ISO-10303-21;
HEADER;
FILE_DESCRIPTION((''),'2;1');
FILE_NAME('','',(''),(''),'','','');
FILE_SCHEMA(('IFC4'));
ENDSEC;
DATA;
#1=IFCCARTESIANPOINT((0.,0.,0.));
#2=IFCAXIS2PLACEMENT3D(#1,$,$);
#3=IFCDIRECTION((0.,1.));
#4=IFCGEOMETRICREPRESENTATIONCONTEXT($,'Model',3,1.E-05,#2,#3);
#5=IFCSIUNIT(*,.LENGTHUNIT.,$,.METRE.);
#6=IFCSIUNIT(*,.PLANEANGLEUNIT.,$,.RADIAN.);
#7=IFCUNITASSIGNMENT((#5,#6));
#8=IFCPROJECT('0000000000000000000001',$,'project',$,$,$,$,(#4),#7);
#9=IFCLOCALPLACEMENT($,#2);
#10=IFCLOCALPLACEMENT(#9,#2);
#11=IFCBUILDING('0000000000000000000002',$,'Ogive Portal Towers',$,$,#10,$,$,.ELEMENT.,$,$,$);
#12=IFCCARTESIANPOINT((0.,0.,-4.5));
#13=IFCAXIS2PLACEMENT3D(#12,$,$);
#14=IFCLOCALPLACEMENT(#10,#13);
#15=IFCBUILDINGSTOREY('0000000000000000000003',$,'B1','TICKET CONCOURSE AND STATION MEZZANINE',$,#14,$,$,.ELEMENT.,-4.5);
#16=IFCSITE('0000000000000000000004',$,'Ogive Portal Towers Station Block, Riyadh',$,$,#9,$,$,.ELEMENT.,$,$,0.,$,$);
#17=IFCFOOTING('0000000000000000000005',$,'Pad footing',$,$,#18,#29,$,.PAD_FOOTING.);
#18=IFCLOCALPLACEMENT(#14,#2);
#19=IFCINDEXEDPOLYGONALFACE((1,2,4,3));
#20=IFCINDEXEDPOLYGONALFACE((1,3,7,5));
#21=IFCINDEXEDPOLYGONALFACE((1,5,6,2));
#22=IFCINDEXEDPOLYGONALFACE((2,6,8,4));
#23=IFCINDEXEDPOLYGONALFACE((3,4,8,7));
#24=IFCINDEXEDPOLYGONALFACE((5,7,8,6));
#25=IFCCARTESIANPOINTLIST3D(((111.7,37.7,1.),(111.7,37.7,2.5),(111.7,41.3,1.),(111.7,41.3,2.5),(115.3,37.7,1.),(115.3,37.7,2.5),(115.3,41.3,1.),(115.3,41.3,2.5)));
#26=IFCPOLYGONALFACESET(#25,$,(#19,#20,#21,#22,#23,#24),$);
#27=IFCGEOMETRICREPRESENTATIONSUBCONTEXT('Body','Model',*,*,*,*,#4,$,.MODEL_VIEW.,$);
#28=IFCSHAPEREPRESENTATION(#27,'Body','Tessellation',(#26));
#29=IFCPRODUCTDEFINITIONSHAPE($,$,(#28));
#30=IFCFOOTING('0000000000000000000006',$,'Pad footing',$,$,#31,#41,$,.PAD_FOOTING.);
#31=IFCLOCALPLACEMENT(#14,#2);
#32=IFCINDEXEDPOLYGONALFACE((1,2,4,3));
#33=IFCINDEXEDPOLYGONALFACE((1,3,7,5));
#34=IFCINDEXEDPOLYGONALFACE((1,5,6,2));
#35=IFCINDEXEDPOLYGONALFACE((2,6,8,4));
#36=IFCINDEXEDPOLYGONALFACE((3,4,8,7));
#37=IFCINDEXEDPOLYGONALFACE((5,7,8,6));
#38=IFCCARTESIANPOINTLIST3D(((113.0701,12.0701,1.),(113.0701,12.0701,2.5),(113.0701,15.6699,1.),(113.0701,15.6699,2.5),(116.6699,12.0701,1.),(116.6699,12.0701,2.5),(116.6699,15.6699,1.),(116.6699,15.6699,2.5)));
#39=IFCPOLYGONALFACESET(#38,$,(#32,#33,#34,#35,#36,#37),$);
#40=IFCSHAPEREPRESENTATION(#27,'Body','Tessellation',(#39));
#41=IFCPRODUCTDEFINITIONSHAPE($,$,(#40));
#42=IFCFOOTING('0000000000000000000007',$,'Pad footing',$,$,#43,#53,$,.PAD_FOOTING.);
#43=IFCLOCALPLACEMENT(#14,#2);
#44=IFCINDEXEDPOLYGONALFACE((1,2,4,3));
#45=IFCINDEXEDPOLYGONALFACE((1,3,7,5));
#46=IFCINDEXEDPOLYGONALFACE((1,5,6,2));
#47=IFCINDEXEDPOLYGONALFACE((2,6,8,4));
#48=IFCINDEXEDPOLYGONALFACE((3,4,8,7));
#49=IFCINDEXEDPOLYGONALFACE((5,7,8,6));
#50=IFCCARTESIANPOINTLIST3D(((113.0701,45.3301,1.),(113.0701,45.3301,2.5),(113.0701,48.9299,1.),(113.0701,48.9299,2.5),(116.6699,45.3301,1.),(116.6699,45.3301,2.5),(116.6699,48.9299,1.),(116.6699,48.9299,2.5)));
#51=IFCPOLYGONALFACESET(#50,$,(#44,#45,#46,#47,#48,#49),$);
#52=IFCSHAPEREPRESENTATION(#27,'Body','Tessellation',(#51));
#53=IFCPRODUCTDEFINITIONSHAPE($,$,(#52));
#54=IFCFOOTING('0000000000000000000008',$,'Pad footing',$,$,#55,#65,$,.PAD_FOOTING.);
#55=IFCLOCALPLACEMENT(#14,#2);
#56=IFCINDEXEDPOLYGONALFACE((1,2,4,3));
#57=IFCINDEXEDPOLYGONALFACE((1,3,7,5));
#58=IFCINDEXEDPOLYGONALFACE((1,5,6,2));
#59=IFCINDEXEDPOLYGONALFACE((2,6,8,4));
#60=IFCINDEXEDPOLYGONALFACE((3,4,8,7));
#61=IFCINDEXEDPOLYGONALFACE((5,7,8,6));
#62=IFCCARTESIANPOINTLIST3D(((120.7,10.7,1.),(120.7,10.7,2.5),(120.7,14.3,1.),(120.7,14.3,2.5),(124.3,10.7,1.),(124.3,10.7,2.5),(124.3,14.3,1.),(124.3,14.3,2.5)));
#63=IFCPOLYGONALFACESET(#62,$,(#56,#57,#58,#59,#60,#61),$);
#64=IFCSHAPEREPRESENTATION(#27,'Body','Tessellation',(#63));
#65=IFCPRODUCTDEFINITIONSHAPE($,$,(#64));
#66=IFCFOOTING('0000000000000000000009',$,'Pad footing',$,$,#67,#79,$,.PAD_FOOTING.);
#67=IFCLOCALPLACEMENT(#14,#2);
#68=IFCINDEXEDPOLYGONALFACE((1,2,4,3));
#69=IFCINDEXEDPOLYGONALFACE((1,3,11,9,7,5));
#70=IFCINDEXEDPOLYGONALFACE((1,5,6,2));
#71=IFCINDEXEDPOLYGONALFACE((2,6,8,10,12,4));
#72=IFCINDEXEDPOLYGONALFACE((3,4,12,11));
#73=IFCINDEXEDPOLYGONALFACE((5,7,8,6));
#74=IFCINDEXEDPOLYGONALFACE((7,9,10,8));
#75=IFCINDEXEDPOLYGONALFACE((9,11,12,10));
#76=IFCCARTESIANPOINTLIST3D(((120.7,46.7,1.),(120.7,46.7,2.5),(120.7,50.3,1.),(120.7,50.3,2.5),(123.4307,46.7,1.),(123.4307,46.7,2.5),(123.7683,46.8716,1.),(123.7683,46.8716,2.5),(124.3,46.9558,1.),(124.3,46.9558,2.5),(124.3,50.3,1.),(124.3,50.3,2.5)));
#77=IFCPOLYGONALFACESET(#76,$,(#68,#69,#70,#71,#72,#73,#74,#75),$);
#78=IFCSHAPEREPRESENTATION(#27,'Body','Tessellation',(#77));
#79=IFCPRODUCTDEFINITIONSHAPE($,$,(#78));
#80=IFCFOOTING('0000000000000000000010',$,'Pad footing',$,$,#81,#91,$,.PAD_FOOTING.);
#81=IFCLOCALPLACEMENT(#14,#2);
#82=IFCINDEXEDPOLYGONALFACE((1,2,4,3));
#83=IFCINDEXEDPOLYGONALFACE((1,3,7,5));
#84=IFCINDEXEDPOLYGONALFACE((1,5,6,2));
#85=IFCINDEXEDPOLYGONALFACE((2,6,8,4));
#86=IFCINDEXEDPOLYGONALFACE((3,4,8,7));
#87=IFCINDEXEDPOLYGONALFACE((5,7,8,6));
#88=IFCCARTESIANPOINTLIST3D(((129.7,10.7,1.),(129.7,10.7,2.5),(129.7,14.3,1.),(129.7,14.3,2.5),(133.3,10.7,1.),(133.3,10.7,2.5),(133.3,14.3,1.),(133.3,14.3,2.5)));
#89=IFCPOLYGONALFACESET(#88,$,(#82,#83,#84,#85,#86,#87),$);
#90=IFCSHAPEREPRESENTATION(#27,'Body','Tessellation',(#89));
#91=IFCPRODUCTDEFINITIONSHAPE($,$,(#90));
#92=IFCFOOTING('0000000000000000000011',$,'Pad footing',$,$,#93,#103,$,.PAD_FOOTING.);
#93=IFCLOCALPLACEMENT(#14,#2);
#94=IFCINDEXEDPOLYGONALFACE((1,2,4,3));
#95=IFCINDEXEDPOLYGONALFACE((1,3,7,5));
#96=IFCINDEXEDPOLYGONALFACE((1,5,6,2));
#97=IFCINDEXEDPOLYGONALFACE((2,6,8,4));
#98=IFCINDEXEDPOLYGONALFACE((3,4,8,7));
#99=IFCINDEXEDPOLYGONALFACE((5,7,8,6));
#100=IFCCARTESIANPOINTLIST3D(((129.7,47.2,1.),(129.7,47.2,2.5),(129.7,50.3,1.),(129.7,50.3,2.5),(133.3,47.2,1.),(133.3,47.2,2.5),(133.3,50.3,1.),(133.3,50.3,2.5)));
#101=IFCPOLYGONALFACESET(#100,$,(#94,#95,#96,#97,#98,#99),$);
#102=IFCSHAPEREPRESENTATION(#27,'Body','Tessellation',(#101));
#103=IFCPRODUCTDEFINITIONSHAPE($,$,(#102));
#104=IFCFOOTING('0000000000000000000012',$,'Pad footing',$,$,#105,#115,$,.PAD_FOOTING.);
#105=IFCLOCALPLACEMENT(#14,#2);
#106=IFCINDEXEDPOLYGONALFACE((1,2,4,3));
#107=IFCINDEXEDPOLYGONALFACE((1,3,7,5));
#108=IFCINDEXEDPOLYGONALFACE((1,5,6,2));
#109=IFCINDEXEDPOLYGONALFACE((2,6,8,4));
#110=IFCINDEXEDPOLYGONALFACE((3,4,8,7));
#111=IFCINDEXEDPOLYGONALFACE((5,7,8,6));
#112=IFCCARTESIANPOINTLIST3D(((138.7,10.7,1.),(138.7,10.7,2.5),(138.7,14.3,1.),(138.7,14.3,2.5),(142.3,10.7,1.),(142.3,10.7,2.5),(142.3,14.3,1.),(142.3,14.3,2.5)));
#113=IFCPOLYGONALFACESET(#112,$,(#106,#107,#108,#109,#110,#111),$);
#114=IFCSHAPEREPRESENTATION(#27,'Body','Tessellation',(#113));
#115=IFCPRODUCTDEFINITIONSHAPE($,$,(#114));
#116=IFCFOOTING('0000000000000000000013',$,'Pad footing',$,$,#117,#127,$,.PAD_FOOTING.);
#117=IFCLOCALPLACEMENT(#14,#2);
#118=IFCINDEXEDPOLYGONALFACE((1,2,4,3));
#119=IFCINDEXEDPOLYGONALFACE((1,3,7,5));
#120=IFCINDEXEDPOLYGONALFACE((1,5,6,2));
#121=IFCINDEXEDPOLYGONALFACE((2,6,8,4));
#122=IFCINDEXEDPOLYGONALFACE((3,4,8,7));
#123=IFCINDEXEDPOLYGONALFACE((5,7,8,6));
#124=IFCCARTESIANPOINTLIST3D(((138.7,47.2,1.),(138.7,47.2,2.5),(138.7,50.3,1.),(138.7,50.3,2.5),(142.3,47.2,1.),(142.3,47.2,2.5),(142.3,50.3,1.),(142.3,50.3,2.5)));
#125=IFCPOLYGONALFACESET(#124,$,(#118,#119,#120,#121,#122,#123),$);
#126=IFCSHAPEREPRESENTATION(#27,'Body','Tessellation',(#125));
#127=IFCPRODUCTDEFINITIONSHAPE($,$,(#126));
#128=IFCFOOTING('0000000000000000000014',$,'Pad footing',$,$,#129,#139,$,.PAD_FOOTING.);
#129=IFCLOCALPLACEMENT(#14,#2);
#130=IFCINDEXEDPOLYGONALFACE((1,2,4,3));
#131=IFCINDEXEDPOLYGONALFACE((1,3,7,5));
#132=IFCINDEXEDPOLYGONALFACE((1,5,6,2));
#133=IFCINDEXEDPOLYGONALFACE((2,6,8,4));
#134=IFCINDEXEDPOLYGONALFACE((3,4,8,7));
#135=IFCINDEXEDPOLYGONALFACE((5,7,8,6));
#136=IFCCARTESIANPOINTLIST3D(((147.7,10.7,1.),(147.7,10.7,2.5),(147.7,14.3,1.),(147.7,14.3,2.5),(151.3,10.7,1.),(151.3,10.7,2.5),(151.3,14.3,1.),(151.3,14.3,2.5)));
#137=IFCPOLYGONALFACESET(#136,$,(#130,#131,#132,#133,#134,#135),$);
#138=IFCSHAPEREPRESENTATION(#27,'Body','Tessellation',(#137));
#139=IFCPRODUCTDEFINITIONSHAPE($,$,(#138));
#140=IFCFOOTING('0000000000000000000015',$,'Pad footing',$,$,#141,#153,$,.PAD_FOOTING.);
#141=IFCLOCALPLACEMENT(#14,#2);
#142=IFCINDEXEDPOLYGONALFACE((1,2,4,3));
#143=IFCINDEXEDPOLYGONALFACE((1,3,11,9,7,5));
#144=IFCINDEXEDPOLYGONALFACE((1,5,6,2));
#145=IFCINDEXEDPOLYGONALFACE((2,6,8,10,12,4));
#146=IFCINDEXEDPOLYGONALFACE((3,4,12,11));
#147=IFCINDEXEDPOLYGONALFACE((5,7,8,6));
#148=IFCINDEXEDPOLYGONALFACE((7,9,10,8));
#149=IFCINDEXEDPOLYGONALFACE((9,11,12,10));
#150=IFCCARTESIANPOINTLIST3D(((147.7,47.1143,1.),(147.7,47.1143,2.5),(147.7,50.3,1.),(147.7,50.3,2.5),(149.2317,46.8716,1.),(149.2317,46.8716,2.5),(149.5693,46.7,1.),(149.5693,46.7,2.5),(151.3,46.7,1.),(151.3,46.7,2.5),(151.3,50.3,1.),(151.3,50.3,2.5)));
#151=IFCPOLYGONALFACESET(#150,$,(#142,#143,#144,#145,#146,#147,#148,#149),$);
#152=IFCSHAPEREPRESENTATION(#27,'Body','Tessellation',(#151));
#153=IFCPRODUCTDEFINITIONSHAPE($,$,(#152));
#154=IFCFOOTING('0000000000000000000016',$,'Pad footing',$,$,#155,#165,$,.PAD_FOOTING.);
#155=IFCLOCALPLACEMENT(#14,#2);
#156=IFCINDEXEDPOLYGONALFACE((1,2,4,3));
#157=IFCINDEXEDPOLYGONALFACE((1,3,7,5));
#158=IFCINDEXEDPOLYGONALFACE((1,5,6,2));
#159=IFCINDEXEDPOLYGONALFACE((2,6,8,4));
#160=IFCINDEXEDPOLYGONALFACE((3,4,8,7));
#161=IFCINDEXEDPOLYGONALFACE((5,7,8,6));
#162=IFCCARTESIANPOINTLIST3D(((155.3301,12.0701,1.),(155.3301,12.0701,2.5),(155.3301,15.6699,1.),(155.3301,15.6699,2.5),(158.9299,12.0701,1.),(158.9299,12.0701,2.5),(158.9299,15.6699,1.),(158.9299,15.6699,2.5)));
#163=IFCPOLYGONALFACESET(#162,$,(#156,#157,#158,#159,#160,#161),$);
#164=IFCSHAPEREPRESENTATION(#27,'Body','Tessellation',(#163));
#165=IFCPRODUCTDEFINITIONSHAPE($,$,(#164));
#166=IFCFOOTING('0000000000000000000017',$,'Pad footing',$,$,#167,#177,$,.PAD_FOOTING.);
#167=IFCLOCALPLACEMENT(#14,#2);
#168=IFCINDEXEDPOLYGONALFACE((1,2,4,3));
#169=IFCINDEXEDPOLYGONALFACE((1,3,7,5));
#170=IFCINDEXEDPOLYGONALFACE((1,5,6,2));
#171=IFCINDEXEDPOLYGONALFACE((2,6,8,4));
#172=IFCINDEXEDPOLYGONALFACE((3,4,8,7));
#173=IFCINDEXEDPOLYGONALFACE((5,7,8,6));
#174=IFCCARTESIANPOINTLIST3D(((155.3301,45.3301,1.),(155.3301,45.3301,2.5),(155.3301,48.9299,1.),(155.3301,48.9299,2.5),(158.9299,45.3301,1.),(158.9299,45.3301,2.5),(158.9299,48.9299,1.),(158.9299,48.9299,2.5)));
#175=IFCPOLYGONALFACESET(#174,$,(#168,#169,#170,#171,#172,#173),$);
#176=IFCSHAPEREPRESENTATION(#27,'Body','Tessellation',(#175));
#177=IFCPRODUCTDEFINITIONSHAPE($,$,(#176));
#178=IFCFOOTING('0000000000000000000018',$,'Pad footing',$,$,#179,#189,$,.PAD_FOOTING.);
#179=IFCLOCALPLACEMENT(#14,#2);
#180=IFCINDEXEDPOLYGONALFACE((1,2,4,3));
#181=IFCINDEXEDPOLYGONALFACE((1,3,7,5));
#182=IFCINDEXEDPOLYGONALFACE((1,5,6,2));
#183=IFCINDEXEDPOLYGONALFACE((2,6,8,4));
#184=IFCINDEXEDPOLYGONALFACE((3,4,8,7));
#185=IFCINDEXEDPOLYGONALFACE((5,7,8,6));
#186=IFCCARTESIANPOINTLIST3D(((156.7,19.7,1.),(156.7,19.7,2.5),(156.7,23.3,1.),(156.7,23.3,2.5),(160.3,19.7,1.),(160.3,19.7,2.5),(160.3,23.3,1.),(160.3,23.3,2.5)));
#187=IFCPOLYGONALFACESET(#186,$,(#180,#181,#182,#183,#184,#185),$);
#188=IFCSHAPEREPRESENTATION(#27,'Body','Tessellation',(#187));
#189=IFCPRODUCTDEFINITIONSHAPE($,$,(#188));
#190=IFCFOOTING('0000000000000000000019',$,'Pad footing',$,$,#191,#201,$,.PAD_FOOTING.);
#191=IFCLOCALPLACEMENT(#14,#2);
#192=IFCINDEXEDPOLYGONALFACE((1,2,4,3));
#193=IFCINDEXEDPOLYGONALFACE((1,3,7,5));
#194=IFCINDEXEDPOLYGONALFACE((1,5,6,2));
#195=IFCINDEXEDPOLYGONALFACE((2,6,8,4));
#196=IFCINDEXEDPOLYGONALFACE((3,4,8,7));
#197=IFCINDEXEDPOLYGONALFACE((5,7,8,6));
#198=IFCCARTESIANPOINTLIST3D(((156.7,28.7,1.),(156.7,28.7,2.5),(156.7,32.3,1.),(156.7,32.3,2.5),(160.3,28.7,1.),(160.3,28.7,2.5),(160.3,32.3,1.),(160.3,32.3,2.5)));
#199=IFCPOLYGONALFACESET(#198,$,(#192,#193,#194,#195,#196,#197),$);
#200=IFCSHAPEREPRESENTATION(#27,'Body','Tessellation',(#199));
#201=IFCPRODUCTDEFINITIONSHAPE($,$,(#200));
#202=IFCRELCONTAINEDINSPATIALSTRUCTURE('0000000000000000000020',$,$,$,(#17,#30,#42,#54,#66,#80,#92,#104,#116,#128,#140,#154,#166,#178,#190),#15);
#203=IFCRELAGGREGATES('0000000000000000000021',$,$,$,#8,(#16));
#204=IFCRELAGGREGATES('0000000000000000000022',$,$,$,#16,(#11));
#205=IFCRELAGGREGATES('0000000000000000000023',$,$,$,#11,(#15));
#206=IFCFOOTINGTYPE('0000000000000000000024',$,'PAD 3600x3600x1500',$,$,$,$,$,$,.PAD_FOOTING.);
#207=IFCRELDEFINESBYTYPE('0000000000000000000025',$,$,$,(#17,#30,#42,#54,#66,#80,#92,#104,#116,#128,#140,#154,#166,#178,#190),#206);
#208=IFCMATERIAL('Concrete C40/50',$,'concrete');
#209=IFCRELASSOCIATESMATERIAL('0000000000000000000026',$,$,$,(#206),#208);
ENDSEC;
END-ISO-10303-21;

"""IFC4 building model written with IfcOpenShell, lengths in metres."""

from ifc_helpers import new_model, si_unit, direction, frame, origin, place, context, subcontext, project, spatial, polyline, outline, extrude, material, type_object, element, save


model = new_model("IFC4")

# Units and contexts
model_context = context("Model", 3, precision=1e-05, world=origin(), true_north=direction((0.0, 1.0)))
body_context = subcontext(model_context, "Body", "Model", "MODEL_VIEW")
ifc_project = project(units=[si_unit("LENGTHUNIT", "METRE"), si_unit("PLANEANGLEUNIT", "RADIAN")], contexts=[model_context])

# Site, building, storey
site_placement = place(None, origin())
site = spatial("IfcSite", under=ifc_project, at=site_placement, Name="Ogive Portal Towers Station Block, Riyadh", CompositionType="ELEMENT", RefElevation=0.0)
building_placement = place(site_placement, origin())
building = spatial("IfcBuilding", under=site, at=building_placement, Name="Ogive Portal Towers", CompositionType="ELEMENT")
storey_placement = place(building_placement, frame((0.0, 0.0, -4.5)))
storey = spatial("IfcBuildingStorey", under=building, at=storey_placement, Name="B1", Description="TICKET CONCOURSE AND STATION MEZZANINE", CompositionType="ELEMENT", Elevation=-4.5)

# Footings
ifc_material = material(Name="Concrete C40/50", Category="concrete")
footing_type_1 = type_object("IfcFootingType", Name="PAD 3600x3600x1500", PredefinedType="PAD_FOOTING", material=ifc_material)
footing_1_placement = place(storey_placement, frame((0.0, 0.0, 1.0)))
element("IfcFooting", 1, at=footing_1_placement, inside=storey, type_object=footing_type_1, Name="Pad footing", PredefinedType="PAD_FOOTING", context=body_context, shape_type="SweptSolid", body=[
    extrude(outline(polyline([(115.3, 37.7), (115.3, 41.3), (111.7, 41.3), (111.7, 37.7), (115.3, 37.7)])), origin(), (0.0, 0.0, 1.0), 1.5),
])
footing_2_placement = place(storey_placement, frame((0.0, 0.0, 1.0)))
element("IfcFooting", 2, at=footing_2_placement, inside=storey, type_object=footing_type_1, Name="Pad footing", PredefinedType="PAD_FOOTING", context=body_context, shape_type="SweptSolid", body=[
    extrude(outline(polyline([(116.6699, 12.0701), (116.6699, 15.6699), (113.0701, 15.6699), (113.0701, 12.0701), (116.6699, 12.0701)])), origin(), (0.0, 0.0, 1.0), 1.5),
])
footing_3_placement = place(storey_placement, frame((0.0, 0.0, 1.0)))
element("IfcFooting", 3, at=footing_3_placement, inside=storey, type_object=footing_type_1, Name="Pad footing", PredefinedType="PAD_FOOTING", context=body_context, shape_type="SweptSolid", body=[
    extrude(outline(polyline([(116.6699, 45.3301), (116.6699, 48.9299), (113.0701, 48.9299), (113.0701, 45.3301), (116.6699, 45.3301)])), origin(), (0.0, 0.0, 1.0), 1.5),
])
footing_4_placement = place(storey_placement, frame((0.0, 0.0, 1.0)))
element("IfcFooting", 4, at=footing_4_placement, inside=storey, type_object=footing_type_1, Name="Pad footing", PredefinedType="PAD_FOOTING", context=body_context, shape_type="SweptSolid", body=[
    extrude(outline(polyline([(124.3, 10.7), (124.3, 14.3), (120.7, 14.3), (120.7, 10.7), (124.3, 10.7)])), origin(), (0.0, 0.0, 1.0), 1.5),
])
footing_5_placement = place(storey_placement, frame((0.0, 0.0, 1.0)))
element("IfcFooting", 5, at=footing_5_placement, inside=storey, type_object=footing_type_1, Name="Pad footing", PredefinedType="PAD_FOOTING", context=body_context, shape_type="SweptSolid", body=[
    extrude(outline(polyline([(120.7, 46.7), (123.4307, 46.7), (123.7683, 46.8716), (124.3, 46.9558), (124.3, 50.3), (120.7, 50.3), (120.7, 46.7)])), origin(), (0.0, 0.0, 1.0), 1.5),
])
footing_6_placement = place(storey_placement, frame((0.0, 0.0, 1.0)))
element("IfcFooting", 6, at=footing_6_placement, inside=storey, type_object=footing_type_1, Name="Pad footing", PredefinedType="PAD_FOOTING", context=body_context, shape_type="SweptSolid", body=[
    extrude(outline(polyline([(133.3, 10.7), (133.3, 14.3), (129.7, 14.3), (129.7, 10.7), (133.3, 10.7)])), origin(), (0.0, 0.0, 1.0), 1.5),
])
footing_7_placement = place(storey_placement, frame((0.0, 0.0, 1.0)))
element("IfcFooting", 7, at=footing_7_placement, inside=storey, type_object=footing_type_1, Name="Pad footing", PredefinedType="PAD_FOOTING", context=body_context, shape_type="SweptSolid", body=[
    extrude(outline(polyline([(129.7, 50.3), (129.7, 47.2), (133.3, 47.2), (133.3, 50.3), (129.7, 50.3)])), origin(), (0.0, 0.0, 1.0), 1.5),
])
footing_8_placement = place(storey_placement, frame((0.0, 0.0, 1.0)))
element("IfcFooting", 8, at=footing_8_placement, inside=storey, type_object=footing_type_1, Name="Pad footing", PredefinedType="PAD_FOOTING", context=body_context, shape_type="SweptSolid", body=[
    extrude(outline(polyline([(142.3, 10.7), (142.3, 14.3), (138.7, 14.3), (138.7, 10.7), (142.3, 10.7)])), origin(), (0.0, 0.0, 1.0), 1.5),
])
footing_9_placement = place(storey_placement, frame((0.0, 0.0, 1.0)))
element("IfcFooting", 9, at=footing_9_placement, inside=storey, type_object=footing_type_1, Name="Pad footing", PredefinedType="PAD_FOOTING", context=body_context, shape_type="SweptSolid", body=[
    extrude(outline(polyline([(138.7, 50.3), (138.7, 47.2), (142.3, 47.2), (142.3, 50.3), (138.7, 50.3)])), origin(), (0.0, 0.0, 1.0), 1.5),
])
footing_10_placement = place(storey_placement, frame((0.0, 0.0, 1.0)))
element("IfcFooting", 10, at=footing_10_placement, inside=storey, type_object=footing_type_1, Name="Pad footing", PredefinedType="PAD_FOOTING", context=body_context, shape_type="SweptSolid", body=[
    extrude(outline(polyline([(151.3, 10.7), (151.3, 14.3), (147.7, 14.3), (147.7, 10.7), (151.3, 10.7)])), origin(), (0.0, 0.0, 1.0), 1.5),
])
footing_11_placement = place(storey_placement, frame((0.0, 0.0, 1.0)))
element("IfcFooting", 11, at=footing_11_placement, inside=storey, type_object=footing_type_1, Name="Pad footing", PredefinedType="PAD_FOOTING", context=body_context, shape_type="SweptSolid", body=[
    extrude(outline(polyline([(147.7, 50.3), (147.7, 47.1143), (149.2317, 46.8716), (149.5693, 46.7), (151.3, 46.7), (151.3, 50.3), (147.7, 50.3)])), origin(), (0.0, 0.0, 1.0), 1.5),
])
footing_12_placement = place(storey_placement, frame((0.0, 0.0, 1.0)))
element("IfcFooting", 12, at=footing_12_placement, inside=storey, type_object=footing_type_1, Name="Pad footing", PredefinedType="PAD_FOOTING", context=body_context, shape_type="SweptSolid", body=[
    extrude(outline(polyline([(158.9299, 12.0701), (158.9299, 15.6699), (155.3301, 15.6699), (155.3301, 12.0701), (158.9299, 12.0701)])), origin(), (0.0, 0.0, 1.0), 1.5),
])
footing_13_placement = place(storey_placement, frame((0.0, 0.0, 1.0)))
element("IfcFooting", 13, at=footing_13_placement, inside=storey, type_object=footing_type_1, Name="Pad footing", PredefinedType="PAD_FOOTING", context=body_context, shape_type="SweptSolid", body=[
    extrude(outline(polyline([(158.9299, 45.3301), (158.9299, 48.9299), (155.3301, 48.9299), (155.3301, 45.3301), (158.9299, 45.3301)])), origin(), (0.0, 0.0, 1.0), 1.5),
])
footing_14_placement = place(storey_placement, frame((0.0, 0.0, 1.0)))
element("IfcFooting", 14, at=footing_14_placement, inside=storey, type_object=footing_type_1, Name="Pad footing", PredefinedType="PAD_FOOTING", context=body_context, shape_type="SweptSolid", body=[
    extrude(outline(polyline([(160.3, 19.7), (160.3, 23.3), (156.7, 23.3), (156.7, 19.7), (160.3, 19.7)])), origin(), (0.0, 0.0, 1.0), 1.5),
])
footing_15_placement = place(storey_placement, frame((0.0, 0.0, 1.0)))
element("IfcFooting", 15, at=footing_15_placement, inside=storey, type_object=footing_type_1, Name="Pad footing", PredefinedType="PAD_FOOTING", context=body_context, shape_type="SweptSolid", body=[
    extrude(outline(polyline([(160.3, 28.7), (160.3, 32.3), (156.7, 32.3), (156.7, 28.7), (160.3, 28.7)])), origin(), (0.0, 0.0, 1.0), 1.5),
])

save(model, "model.ifc")
